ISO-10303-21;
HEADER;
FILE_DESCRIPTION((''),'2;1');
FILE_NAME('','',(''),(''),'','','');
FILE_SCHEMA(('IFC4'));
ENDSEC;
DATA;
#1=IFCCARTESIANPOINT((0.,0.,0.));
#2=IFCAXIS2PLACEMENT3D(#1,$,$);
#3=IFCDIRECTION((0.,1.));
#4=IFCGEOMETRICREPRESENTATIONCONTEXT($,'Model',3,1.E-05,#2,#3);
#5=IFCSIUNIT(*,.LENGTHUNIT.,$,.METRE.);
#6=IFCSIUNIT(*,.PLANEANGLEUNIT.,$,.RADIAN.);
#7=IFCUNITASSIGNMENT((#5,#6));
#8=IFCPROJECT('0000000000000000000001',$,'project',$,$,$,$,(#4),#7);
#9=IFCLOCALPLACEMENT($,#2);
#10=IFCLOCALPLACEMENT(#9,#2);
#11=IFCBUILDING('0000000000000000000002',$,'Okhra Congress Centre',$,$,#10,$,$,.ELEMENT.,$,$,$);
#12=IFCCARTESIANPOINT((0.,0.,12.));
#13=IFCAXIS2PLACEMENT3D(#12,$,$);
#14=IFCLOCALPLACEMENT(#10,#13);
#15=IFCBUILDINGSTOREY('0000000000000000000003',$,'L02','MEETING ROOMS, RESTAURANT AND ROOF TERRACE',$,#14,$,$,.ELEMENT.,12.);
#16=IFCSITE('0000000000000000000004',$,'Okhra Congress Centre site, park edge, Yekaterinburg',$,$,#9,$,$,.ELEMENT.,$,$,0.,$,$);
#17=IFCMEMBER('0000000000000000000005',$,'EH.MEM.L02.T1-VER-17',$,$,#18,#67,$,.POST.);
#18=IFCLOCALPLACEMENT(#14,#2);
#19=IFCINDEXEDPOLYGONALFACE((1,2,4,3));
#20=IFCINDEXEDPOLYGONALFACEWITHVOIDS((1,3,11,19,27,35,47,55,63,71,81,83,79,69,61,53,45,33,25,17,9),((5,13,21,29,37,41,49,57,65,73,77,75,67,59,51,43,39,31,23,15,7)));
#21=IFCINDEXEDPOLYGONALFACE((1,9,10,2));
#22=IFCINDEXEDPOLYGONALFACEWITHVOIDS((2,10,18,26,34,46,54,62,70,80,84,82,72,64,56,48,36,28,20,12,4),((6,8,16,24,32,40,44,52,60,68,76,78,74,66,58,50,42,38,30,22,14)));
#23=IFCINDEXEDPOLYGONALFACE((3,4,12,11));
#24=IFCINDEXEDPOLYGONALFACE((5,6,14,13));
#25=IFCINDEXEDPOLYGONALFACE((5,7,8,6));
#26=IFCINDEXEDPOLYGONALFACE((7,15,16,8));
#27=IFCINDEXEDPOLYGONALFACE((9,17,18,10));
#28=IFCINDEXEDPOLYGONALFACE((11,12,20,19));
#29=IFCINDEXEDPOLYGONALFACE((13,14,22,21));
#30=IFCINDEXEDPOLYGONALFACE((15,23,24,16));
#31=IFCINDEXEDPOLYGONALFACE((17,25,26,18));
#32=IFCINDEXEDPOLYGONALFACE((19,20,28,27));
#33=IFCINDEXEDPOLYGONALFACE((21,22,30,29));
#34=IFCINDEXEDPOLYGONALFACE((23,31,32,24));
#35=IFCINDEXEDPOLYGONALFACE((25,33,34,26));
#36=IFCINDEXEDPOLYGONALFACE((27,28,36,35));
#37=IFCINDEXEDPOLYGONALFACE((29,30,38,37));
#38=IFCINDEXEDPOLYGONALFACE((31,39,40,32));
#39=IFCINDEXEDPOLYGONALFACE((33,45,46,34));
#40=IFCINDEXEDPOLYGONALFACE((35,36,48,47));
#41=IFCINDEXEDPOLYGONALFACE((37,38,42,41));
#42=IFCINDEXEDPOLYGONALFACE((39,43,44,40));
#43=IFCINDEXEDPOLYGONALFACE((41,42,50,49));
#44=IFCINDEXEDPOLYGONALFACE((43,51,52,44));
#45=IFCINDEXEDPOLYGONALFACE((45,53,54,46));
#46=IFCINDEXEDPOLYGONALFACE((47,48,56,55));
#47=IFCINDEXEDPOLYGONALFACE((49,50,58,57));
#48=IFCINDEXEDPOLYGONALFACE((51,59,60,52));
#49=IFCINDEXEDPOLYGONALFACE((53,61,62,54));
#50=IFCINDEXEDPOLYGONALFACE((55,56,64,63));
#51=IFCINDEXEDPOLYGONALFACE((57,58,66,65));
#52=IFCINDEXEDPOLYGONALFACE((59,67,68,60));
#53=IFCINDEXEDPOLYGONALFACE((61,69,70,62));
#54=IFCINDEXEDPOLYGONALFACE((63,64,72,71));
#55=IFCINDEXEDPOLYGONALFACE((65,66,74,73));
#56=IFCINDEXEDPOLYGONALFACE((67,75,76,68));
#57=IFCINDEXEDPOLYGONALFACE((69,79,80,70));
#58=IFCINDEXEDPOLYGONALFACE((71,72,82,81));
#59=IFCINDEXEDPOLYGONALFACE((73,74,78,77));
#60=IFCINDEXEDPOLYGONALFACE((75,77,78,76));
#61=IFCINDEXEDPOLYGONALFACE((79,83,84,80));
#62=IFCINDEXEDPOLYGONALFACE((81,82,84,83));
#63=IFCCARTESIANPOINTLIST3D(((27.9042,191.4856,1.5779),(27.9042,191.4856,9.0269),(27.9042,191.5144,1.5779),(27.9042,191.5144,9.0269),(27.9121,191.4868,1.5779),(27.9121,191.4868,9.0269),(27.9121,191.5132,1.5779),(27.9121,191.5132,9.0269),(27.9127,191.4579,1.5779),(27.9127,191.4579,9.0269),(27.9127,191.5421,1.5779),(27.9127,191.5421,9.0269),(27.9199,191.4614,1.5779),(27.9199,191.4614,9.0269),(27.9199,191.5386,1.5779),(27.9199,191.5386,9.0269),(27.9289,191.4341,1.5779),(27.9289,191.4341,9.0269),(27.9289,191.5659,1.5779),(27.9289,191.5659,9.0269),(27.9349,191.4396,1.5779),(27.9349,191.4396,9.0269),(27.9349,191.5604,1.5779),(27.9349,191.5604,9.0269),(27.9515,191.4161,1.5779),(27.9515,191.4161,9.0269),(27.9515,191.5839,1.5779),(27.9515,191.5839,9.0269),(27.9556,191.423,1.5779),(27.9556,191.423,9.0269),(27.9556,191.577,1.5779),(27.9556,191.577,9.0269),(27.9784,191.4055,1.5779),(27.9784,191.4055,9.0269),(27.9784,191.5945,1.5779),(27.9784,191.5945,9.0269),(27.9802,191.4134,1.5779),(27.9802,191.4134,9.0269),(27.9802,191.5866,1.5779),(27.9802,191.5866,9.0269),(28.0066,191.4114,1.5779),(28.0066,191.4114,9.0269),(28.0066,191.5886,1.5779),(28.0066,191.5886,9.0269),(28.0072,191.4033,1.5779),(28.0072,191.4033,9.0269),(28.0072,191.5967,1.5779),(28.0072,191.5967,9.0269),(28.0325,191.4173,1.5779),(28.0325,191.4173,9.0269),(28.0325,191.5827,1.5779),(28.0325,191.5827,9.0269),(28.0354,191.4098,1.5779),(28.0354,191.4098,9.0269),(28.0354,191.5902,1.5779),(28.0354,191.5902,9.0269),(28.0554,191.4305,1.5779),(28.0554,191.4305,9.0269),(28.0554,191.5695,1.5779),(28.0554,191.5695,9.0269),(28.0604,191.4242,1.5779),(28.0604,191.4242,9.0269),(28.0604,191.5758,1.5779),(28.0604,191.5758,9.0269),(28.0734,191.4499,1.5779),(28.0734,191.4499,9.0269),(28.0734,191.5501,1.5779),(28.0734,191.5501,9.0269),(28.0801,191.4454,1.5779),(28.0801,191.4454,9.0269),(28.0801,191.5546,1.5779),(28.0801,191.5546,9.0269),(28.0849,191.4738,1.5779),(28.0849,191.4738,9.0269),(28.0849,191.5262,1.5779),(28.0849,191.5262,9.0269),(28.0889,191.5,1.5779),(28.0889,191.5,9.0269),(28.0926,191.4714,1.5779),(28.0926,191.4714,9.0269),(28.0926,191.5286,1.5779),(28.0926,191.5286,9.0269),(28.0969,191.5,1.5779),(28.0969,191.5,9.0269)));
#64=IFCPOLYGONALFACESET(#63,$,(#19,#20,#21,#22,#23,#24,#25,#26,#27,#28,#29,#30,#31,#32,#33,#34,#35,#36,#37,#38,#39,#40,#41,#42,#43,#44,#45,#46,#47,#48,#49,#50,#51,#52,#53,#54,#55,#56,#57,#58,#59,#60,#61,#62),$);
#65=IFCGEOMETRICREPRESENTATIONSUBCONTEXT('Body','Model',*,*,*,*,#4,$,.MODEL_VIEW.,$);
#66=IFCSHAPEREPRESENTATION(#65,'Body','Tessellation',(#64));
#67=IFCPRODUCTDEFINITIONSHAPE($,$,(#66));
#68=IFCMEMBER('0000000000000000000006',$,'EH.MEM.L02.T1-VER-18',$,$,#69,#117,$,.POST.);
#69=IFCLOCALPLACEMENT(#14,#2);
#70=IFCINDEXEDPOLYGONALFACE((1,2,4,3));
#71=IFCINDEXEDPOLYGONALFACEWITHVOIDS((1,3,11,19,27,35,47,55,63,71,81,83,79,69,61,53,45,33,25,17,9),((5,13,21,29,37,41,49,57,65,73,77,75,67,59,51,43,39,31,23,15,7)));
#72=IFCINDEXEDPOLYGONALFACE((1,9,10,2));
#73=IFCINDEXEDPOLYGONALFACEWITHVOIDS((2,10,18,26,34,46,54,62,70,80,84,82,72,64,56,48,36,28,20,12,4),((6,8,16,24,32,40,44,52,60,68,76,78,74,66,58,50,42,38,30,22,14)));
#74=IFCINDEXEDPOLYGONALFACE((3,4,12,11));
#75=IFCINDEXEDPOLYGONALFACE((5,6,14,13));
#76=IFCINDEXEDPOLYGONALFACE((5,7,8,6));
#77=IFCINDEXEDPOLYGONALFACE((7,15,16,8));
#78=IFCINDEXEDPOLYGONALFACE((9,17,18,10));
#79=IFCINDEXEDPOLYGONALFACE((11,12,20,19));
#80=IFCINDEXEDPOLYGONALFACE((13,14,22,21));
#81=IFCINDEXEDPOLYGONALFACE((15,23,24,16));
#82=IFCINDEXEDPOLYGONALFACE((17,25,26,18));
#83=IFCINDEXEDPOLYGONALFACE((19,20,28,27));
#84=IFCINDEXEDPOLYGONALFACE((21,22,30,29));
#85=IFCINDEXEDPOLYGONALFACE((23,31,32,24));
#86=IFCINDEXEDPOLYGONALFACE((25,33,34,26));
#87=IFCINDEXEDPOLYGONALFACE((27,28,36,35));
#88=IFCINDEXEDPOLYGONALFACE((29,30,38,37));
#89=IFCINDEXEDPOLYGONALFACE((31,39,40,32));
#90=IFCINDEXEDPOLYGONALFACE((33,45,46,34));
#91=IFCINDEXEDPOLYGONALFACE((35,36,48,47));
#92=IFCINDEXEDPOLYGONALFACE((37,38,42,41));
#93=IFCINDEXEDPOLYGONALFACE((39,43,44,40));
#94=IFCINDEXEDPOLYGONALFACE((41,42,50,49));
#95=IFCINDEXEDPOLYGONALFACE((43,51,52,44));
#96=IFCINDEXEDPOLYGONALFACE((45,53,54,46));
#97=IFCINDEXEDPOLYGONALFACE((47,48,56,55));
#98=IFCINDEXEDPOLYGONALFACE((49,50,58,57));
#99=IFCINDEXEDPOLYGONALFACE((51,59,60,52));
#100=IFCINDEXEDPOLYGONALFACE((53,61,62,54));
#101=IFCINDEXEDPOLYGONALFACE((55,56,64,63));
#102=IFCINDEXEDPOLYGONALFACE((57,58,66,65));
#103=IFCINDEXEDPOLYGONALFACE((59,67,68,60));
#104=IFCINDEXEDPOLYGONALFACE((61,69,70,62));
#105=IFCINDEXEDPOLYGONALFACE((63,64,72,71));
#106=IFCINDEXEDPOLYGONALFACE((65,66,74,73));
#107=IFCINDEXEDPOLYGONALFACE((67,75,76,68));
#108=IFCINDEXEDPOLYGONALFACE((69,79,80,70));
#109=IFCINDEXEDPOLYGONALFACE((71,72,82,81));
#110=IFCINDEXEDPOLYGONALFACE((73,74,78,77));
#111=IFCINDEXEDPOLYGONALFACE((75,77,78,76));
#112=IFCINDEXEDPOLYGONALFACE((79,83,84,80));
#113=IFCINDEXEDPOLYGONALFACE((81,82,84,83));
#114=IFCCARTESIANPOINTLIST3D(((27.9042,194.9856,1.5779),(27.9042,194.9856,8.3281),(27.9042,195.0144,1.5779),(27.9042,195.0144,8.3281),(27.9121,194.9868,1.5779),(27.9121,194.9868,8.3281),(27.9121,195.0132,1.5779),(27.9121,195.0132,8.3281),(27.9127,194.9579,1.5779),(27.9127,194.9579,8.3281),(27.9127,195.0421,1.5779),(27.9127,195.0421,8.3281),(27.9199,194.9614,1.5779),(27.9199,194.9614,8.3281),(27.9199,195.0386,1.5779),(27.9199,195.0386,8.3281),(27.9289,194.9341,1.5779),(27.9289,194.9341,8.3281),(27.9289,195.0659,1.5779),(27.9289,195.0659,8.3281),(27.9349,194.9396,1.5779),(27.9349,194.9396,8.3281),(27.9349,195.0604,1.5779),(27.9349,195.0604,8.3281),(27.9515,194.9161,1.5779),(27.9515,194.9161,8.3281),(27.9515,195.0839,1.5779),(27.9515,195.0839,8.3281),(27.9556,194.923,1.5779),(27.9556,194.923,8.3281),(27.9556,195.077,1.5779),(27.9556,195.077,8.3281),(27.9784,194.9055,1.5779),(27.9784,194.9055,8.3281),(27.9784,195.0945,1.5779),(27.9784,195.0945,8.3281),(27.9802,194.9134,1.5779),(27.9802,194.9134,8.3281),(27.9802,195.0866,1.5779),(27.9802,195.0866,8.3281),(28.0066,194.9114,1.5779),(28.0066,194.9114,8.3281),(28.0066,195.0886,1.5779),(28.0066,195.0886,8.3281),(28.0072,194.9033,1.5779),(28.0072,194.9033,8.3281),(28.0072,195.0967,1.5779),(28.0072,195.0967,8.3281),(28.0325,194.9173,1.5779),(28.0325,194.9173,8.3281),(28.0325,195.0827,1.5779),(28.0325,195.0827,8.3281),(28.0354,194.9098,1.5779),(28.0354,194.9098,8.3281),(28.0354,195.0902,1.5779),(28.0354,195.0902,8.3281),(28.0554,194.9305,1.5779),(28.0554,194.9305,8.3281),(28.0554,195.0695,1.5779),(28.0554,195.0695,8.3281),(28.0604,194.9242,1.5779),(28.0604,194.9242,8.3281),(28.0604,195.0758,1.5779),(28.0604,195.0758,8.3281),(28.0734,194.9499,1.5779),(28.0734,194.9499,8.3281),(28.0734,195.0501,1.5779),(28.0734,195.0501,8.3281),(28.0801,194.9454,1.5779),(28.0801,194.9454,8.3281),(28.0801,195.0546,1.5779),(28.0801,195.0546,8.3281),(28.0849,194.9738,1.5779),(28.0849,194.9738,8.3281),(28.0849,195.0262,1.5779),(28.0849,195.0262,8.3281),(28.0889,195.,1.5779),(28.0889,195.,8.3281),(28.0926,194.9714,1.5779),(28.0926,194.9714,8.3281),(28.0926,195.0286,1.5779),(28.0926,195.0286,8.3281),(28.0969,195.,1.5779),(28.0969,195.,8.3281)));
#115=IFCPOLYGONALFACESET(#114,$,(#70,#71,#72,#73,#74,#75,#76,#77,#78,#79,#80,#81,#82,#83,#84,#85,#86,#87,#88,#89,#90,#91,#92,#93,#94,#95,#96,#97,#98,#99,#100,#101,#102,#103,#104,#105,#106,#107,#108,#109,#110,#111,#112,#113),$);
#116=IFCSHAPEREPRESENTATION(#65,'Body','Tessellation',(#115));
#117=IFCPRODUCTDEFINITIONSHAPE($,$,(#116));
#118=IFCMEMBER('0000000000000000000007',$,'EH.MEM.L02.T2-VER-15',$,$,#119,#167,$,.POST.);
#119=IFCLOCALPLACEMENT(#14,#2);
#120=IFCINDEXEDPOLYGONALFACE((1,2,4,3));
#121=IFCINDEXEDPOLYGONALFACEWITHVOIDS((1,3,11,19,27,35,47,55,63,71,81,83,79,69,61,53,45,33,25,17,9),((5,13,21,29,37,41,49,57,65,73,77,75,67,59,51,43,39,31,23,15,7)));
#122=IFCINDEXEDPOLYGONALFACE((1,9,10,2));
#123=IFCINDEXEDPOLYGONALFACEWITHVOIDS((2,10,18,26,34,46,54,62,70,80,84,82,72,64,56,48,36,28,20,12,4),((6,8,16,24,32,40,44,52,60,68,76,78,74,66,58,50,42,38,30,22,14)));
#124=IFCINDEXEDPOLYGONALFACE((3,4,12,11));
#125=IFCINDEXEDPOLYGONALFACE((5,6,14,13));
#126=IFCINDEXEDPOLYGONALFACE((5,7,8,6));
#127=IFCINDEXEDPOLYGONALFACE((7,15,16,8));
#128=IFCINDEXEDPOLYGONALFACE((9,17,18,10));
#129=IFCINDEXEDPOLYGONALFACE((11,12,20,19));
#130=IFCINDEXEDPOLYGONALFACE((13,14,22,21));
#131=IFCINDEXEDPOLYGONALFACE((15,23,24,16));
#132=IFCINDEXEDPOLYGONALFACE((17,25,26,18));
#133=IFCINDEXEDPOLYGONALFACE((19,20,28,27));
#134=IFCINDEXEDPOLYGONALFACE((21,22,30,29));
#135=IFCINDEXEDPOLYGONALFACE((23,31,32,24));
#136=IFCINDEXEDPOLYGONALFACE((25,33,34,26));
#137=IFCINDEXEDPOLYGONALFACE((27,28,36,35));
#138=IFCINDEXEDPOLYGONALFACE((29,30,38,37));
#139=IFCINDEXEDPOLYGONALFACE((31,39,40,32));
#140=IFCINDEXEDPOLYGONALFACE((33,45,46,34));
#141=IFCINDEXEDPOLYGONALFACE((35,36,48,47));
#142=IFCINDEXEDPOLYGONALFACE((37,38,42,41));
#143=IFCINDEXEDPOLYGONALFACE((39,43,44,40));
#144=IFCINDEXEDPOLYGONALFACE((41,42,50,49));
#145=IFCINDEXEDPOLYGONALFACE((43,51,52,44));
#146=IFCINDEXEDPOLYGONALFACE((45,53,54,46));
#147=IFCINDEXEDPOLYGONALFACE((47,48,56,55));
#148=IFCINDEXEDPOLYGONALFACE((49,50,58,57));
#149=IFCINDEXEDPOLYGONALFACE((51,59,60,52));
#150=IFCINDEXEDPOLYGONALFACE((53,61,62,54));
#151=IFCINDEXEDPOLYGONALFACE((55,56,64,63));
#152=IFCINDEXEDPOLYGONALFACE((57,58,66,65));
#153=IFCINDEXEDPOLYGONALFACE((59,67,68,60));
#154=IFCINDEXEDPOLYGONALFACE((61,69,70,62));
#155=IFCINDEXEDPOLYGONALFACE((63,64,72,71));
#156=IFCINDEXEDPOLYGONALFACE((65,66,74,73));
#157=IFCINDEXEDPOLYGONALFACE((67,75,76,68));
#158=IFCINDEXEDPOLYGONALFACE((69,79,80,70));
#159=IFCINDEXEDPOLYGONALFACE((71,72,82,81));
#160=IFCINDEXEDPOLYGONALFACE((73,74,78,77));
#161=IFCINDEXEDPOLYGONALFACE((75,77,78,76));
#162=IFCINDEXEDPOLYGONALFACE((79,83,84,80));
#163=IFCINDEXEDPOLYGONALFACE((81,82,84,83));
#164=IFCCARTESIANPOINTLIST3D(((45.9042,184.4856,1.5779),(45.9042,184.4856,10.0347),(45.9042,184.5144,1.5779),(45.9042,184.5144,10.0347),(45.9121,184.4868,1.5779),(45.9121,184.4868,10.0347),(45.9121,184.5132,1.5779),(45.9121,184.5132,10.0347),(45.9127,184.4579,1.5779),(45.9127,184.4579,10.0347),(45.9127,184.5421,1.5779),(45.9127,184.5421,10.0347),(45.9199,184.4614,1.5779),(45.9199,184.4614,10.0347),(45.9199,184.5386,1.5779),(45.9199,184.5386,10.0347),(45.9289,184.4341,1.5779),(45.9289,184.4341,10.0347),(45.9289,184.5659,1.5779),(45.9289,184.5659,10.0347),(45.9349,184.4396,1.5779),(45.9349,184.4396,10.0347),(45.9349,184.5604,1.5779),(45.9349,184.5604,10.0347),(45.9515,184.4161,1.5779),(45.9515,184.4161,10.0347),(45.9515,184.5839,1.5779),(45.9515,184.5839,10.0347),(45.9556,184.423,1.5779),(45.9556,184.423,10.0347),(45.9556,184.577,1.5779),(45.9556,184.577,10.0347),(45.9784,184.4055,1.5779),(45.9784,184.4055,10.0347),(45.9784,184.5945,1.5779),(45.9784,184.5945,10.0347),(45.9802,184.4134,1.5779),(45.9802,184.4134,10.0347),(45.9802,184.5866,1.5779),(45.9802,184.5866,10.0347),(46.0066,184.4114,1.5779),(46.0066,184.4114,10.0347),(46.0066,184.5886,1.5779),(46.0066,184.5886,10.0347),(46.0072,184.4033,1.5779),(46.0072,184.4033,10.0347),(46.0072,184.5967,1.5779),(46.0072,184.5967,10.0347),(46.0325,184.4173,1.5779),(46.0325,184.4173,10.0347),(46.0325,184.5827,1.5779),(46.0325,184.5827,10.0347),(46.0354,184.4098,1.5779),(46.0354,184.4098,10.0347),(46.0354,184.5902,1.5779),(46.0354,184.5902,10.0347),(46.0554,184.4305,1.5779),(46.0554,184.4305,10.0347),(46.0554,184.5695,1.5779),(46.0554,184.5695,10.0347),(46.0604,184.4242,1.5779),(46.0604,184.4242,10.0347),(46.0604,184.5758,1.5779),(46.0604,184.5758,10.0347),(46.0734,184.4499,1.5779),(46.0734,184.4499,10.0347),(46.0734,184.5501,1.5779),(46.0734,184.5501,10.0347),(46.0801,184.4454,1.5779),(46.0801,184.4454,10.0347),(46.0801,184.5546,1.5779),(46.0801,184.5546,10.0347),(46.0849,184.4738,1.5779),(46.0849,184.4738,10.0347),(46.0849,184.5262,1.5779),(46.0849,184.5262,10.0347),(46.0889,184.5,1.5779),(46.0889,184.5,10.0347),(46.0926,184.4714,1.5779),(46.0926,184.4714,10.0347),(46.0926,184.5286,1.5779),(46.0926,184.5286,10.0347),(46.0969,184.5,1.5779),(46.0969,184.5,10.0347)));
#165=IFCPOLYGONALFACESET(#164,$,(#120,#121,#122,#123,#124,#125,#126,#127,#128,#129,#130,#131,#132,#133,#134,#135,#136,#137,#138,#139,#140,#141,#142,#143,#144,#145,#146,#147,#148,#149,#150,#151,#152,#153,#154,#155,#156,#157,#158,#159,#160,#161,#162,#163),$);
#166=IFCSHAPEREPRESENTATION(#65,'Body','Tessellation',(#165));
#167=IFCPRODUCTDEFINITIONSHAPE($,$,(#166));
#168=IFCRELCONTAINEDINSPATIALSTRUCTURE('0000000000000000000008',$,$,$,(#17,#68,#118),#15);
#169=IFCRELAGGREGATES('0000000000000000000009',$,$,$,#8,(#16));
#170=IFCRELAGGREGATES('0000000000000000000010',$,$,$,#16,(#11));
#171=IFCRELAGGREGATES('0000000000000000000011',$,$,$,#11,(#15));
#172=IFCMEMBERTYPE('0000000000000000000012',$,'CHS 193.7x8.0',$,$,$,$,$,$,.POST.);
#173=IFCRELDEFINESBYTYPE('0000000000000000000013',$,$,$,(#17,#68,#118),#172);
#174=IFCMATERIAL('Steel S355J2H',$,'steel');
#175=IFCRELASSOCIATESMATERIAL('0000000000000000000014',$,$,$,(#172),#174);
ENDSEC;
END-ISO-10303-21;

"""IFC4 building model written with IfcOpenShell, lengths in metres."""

from ifc_helpers import new_model, si_unit, direction, frame, origin, origin_2d, place, context, subcontext, project, spatial, hollow_circle, extrude, material, material_profile, profile_set, type_object, element, save


model = new_model("IFC4")

# Units and contexts
model_context = context("Model", 3, precision=1e-05, world=origin(), true_north=direction((0.0, 1.0)))
body_context = subcontext(model_context, "Body", "Model", "MODEL_VIEW")
ifc_project = project(units=[si_unit("LENGTHUNIT", "METRE"), si_unit("PLANEANGLEUNIT", "RADIAN")], contexts=[model_context])

# Site, building, storey
site_placement = place(None, origin())
site = spatial("IfcSite", under=ifc_project, at=site_placement, Name="Okhra Congress Centre site, park edge, Yekaterinburg", CompositionType="ELEMENT", RefElevation=0.0)
building_placement = place(site_placement, origin())
building = spatial("IfcBuilding", under=site, at=building_placement, Name="Okhra Congress Centre", CompositionType="ELEMENT")
storey_placement = place(building_placement, frame((0.0, 0.0, 12.0)))
storey = spatial("IfcBuildingStorey", under=building, at=storey_placement, Name="L02", Description="MEETING ROOMS, RESTAURANT AND ROOF TERRACE", CompositionType="ELEMENT", Elevation=12.0)

# Members
ifc_material_1 = material(Name="Steel S355J2H", Category="steel")
ifc_material_profile_1 = material_profile(ifc_material_1, hollow_circle(Radius=0.0969, WallThickness=0.0081, at=origin_2d()), Name="CHS 193.7x8.0")
ifc_profile_set_1 = profile_set([ifc_material_profile_1], Name="Steel S355J2H")
member_type_1 = type_object("IfcMemberType", Name="CHS 193.7x8.0", PredefinedType="POST", material=ifc_profile_set_1)
member_1_placement = place(storey_placement, frame((28.0, 191.5, 1.5779), z_axis=(0.0, 0.0, 1.0), x_axis=(1.0, 0.0, 0.0)))
element("IfcMember", 1, at=member_1_placement, inside=storey, type_object=member_type_1, Name="EH.MEM.L02.T1-VER-17", PredefinedType="POST", context=body_context, shape_type="SweptSolid", body=[
    extrude(hollow_circle(Radius=0.0969, WallThickness=0.0081, at=origin_2d()), origin(), (0.0, 0.0, 1.0), 7.449),
])
member_2_placement = place(storey_placement, frame((28.0, 195.0, 1.5779), z_axis=(0.0, 0.0, 1.0), x_axis=(1.0, 0.0, 0.0)))
element("IfcMember", 2, at=member_2_placement, inside=storey, type_object=member_type_1, Name="EH.MEM.L02.T1-VER-18", PredefinedType="POST", context=body_context, shape_type="SweptSolid", body=[
    extrude(hollow_circle(Radius=0.0969, WallThickness=0.0081, at=origin_2d()), origin(), (0.0, 0.0, 1.0), 6.7502),
])
member_3_placement = place(storey_placement, frame((46.0, 184.5, 1.5779), z_axis=(0.0, 0.0, 1.0), x_axis=(1.0, 0.0, 0.0)))
element("IfcMember", 3, at=member_3_placement, inside=storey, type_object=member_type_1, Name="EH.MEM.L02.T2-VER-15", PredefinedType="POST", context=body_context, shape_type="SweptSolid", body=[
    extrude(hollow_circle(Radius=0.0969, WallThickness=0.0081, at=origin_2d()), origin(), (0.0, 0.0, 1.0), 8.4568),
])

save(model, "model.ifc")
